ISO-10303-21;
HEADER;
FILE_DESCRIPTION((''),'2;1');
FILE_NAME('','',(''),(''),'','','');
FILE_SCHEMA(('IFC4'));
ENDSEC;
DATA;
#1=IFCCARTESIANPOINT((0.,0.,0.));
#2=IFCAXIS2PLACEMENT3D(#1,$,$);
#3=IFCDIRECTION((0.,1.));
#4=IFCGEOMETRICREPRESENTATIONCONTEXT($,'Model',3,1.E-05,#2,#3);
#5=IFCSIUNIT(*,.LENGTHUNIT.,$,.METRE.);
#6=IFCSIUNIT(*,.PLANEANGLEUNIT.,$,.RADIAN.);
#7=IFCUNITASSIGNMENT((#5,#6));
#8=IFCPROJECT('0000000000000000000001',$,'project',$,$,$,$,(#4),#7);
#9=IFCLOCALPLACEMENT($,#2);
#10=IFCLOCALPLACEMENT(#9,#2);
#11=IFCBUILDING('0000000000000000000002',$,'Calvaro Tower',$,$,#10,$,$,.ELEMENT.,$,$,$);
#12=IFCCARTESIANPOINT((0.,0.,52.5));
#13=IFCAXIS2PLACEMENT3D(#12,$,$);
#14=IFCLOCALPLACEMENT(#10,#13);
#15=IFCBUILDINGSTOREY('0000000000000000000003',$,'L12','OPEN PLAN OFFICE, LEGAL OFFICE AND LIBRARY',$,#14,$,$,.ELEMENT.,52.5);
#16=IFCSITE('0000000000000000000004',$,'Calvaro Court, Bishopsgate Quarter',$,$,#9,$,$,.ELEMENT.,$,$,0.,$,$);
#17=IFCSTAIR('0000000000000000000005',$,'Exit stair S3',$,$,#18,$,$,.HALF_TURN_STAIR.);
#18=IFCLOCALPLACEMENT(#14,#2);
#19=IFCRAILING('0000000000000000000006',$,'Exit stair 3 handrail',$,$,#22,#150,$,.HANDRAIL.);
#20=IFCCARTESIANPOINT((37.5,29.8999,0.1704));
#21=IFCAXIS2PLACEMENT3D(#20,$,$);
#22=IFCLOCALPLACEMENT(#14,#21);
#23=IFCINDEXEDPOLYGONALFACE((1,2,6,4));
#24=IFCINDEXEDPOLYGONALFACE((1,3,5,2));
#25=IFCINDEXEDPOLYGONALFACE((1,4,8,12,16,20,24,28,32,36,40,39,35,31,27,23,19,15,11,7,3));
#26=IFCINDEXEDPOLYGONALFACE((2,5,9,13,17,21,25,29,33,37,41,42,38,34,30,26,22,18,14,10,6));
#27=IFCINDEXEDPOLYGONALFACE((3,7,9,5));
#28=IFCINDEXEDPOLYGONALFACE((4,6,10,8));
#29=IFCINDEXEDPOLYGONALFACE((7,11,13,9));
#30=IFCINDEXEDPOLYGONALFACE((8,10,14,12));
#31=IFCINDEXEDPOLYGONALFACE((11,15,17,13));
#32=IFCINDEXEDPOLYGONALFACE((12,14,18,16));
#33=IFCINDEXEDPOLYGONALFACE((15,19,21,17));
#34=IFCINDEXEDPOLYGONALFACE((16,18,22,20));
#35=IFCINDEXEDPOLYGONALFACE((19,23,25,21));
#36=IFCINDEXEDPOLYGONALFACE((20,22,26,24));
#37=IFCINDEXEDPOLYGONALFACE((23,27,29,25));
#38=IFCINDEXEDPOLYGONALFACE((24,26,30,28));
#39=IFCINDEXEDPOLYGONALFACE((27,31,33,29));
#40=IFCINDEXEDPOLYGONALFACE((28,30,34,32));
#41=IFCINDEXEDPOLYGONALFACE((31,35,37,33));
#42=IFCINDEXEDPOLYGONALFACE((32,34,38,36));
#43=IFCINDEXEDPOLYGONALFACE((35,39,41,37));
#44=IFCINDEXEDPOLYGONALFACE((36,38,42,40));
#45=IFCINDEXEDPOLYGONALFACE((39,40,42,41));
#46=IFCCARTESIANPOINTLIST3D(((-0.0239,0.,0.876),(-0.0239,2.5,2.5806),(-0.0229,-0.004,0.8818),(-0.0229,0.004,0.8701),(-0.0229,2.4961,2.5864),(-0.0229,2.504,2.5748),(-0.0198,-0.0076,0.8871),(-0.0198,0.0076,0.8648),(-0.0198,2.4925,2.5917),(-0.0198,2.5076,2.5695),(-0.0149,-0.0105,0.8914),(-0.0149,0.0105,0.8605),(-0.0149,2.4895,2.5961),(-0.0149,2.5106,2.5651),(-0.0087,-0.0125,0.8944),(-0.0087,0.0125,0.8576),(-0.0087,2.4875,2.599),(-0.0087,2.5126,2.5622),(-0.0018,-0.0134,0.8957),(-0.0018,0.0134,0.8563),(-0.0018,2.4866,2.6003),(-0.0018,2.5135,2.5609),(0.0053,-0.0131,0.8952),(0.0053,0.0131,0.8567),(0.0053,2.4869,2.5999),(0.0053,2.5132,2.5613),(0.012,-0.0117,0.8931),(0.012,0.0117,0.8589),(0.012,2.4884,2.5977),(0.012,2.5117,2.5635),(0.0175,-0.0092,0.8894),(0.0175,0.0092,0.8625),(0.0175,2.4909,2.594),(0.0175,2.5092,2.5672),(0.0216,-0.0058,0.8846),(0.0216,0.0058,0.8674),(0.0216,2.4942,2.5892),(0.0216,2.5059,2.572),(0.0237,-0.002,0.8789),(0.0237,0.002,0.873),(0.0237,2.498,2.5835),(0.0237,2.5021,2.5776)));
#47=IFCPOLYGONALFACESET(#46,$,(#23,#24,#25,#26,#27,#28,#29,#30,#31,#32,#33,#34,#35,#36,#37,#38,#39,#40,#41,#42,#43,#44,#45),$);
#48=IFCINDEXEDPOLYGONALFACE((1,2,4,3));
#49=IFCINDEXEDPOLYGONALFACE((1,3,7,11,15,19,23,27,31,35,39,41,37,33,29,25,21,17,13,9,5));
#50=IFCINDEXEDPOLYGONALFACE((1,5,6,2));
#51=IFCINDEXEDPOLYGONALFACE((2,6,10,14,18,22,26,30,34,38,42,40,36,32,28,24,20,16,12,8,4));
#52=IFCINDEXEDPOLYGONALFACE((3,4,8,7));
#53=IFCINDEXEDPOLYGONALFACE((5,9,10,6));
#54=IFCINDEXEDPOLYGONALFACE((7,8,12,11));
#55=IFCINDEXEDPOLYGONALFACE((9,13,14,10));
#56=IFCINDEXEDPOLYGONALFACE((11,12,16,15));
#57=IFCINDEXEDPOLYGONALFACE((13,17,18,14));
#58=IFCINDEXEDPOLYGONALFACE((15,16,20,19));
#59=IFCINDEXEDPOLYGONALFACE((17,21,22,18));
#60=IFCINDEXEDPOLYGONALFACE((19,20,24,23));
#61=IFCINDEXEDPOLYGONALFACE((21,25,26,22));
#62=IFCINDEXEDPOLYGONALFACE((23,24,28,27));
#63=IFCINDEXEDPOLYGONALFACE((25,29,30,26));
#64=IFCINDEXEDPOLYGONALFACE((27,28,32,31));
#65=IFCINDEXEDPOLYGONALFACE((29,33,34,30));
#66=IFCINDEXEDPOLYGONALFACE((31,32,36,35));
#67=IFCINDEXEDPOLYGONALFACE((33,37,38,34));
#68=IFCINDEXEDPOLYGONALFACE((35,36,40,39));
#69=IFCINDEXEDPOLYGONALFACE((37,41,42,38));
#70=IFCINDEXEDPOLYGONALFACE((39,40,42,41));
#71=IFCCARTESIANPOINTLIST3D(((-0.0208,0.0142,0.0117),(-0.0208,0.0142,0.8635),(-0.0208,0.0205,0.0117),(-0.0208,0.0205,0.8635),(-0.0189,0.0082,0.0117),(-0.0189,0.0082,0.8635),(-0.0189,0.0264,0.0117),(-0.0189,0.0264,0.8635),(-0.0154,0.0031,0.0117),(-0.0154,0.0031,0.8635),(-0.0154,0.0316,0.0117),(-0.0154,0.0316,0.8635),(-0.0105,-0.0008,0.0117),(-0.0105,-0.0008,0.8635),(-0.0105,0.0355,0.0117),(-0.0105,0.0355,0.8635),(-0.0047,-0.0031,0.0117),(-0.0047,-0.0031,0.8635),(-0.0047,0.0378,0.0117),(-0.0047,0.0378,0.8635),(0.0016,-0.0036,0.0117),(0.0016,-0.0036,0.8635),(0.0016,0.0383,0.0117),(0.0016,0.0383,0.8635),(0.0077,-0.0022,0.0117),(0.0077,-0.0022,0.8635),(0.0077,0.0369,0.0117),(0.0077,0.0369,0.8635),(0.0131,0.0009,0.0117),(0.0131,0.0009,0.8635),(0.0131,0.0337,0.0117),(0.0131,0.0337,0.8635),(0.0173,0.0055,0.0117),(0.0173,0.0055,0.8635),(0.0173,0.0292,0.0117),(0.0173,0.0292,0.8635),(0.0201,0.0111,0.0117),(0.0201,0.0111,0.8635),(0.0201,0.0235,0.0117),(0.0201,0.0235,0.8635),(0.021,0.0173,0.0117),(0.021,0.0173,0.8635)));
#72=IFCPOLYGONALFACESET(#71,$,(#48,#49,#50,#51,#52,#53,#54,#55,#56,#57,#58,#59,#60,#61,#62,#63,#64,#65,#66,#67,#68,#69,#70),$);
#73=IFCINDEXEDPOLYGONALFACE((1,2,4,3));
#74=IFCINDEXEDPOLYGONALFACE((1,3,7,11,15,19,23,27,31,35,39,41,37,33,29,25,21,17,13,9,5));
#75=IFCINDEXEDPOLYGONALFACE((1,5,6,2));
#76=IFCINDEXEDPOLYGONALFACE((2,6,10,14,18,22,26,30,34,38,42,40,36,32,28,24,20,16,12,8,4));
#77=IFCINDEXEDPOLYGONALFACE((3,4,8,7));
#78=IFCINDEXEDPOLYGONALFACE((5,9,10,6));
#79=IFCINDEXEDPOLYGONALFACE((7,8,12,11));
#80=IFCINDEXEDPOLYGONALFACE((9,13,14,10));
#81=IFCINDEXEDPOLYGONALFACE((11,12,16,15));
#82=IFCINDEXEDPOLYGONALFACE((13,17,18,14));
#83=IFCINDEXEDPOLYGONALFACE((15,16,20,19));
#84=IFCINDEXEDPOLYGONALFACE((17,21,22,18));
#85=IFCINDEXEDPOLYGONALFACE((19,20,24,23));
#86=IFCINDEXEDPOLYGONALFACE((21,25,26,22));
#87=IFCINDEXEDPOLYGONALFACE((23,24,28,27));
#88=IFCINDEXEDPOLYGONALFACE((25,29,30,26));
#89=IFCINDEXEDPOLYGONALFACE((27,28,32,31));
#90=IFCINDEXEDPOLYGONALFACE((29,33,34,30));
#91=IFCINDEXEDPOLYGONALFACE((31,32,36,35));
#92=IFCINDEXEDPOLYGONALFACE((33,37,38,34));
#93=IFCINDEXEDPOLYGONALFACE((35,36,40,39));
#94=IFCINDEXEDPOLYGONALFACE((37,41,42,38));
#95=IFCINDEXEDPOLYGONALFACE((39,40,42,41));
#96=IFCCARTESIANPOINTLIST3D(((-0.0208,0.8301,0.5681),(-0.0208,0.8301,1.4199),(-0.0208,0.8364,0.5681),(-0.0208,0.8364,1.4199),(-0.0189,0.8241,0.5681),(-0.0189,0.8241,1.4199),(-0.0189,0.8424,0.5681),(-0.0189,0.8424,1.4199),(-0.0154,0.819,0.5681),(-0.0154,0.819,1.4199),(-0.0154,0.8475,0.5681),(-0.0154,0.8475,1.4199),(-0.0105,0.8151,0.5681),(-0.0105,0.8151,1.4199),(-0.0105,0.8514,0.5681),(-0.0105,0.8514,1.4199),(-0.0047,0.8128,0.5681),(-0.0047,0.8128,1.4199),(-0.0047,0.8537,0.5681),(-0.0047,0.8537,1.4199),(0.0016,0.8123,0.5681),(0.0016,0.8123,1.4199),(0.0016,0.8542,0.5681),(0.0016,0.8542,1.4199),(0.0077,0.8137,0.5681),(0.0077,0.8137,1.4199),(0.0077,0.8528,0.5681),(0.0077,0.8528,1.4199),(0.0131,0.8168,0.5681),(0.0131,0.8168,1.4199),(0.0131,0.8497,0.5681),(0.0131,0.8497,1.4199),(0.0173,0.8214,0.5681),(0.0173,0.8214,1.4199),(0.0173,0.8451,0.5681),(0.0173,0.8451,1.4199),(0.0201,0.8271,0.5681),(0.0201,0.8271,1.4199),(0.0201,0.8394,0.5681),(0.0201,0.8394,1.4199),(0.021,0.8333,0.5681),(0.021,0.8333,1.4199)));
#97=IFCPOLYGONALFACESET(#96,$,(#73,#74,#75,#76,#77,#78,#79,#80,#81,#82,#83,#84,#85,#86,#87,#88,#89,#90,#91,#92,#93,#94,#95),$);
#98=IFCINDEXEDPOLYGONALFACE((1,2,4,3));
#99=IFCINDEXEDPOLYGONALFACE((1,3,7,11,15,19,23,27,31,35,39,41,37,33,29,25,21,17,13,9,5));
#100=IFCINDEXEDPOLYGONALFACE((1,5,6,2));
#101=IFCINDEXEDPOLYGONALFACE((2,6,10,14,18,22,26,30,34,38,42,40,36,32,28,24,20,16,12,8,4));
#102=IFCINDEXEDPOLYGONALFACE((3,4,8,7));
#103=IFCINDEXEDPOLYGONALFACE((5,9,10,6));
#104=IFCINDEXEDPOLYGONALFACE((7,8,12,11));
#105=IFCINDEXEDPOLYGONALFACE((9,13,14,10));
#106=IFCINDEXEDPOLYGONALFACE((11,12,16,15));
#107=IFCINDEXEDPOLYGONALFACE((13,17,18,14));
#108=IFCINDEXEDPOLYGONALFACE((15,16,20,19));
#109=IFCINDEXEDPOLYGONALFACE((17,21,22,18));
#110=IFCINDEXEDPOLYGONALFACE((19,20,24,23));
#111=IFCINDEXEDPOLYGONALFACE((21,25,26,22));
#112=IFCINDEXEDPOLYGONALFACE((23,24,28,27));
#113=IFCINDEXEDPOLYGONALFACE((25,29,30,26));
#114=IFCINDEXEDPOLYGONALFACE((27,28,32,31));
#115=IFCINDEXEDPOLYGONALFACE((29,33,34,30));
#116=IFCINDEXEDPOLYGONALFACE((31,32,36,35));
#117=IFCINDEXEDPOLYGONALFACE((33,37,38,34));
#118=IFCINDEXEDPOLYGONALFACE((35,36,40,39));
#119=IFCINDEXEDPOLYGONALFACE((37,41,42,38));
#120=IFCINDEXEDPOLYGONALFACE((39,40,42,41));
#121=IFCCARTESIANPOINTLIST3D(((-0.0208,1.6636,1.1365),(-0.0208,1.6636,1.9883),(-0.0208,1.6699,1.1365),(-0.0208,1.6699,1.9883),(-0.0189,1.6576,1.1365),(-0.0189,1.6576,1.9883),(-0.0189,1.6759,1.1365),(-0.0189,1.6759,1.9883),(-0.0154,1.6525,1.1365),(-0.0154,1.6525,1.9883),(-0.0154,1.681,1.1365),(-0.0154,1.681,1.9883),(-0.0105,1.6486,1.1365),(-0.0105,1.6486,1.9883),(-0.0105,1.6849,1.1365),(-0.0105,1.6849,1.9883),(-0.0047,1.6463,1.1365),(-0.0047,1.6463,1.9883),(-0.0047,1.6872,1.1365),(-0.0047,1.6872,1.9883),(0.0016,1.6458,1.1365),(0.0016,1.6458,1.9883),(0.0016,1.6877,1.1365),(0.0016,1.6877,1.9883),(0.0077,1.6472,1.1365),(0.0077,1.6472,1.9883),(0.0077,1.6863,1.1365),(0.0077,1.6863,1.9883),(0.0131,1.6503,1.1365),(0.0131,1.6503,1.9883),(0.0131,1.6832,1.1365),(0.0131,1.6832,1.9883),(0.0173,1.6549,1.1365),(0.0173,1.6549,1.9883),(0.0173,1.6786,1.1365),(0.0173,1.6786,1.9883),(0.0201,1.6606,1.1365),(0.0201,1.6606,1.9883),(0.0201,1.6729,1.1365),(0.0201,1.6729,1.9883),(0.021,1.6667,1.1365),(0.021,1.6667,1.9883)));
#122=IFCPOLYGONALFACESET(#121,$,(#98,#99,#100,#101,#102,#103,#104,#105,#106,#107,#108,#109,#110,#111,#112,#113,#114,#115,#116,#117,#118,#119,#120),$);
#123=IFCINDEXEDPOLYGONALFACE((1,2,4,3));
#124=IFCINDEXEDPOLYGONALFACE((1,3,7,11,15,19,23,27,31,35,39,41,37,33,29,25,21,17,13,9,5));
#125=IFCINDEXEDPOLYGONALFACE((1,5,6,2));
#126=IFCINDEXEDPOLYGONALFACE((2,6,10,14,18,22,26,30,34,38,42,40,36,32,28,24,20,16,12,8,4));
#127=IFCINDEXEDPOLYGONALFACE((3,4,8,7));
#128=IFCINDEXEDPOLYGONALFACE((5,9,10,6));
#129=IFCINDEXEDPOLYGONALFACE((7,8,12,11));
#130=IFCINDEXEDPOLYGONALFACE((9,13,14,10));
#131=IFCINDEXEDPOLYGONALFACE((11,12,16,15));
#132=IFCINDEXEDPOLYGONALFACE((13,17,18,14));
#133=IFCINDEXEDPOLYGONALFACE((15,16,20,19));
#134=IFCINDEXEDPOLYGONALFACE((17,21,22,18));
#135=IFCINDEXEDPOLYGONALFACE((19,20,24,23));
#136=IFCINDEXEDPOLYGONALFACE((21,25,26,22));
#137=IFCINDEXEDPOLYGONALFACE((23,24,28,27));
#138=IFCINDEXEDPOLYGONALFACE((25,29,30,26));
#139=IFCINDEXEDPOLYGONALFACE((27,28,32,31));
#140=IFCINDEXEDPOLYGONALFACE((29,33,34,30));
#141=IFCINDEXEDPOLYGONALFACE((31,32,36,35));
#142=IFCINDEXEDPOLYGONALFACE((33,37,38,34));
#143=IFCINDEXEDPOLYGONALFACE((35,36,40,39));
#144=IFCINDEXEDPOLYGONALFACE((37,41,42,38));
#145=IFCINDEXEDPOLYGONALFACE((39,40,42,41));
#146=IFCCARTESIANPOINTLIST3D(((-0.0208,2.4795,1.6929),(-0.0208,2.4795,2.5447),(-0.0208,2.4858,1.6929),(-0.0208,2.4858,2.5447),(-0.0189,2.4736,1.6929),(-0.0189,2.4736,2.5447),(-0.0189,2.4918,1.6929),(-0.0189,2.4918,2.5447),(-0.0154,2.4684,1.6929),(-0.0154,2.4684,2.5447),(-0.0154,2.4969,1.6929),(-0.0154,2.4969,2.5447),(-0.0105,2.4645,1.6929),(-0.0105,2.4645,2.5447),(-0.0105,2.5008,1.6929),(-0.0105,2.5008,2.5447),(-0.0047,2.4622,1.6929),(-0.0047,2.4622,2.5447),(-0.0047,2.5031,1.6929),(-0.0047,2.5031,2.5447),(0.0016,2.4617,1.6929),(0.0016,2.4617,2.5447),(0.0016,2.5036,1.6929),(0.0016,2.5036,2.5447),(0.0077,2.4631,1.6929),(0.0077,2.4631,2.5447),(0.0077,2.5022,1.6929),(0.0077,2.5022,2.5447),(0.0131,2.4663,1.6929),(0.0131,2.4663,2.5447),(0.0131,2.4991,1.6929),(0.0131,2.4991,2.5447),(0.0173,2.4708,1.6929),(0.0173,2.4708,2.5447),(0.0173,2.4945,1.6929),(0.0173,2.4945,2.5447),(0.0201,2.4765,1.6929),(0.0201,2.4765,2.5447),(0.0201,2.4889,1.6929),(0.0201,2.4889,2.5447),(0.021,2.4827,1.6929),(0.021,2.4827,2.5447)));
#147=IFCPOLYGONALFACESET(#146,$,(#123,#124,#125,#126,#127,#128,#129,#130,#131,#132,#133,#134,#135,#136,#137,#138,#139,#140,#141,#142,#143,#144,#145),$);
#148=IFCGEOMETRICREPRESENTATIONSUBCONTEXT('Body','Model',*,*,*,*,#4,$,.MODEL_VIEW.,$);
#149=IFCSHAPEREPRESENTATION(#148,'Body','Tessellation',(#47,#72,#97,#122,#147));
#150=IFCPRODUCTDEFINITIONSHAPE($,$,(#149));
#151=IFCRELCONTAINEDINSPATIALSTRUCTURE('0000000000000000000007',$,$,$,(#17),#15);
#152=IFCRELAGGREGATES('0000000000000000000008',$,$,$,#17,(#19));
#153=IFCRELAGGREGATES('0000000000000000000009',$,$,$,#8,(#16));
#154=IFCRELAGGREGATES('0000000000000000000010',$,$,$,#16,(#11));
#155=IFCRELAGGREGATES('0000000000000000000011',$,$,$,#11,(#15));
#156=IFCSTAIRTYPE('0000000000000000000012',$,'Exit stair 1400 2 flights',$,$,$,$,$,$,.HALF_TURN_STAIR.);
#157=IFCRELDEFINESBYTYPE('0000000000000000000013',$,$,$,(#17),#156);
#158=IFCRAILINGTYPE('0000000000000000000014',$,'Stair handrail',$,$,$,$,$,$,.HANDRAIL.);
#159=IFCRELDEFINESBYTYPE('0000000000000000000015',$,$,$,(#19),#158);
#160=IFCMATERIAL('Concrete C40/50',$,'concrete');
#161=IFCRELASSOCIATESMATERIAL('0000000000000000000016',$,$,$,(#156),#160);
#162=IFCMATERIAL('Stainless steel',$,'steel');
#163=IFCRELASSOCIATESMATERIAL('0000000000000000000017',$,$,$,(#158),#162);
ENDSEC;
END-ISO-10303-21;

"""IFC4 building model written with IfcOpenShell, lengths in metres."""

from ifc_helpers import new_model, si_unit, direction, frame, origin, origin_2d, place, context, subcontext, project, spatial, circle, extrude, material, type_object, element, aggregate, save


model = new_model("IFC4")

# Units and contexts
model_context = context("Model", 3, precision=1e-05, world=origin(), true_north=direction((0.0, 1.0)))
body_context = subcontext(model_context, "Body", "Model", "MODEL_VIEW")
ifc_project = project(units=[si_unit("LENGTHUNIT", "METRE"), si_unit("PLANEANGLEUNIT", "RADIAN")], contexts=[model_context])

# Site, building, storey
site_placement = place(None, origin())
site = spatial("IfcSite", under=ifc_project, at=site_placement, Name="Calvaro Court, Bishopsgate Quarter", CompositionType="ELEMENT", RefElevation=0.0)
building_placement = place(site_placement, origin())
building = spatial("IfcBuilding", under=site, at=building_placement, Name="Calvaro Tower", CompositionType="ELEMENT")
storey_placement = place(building_placement, frame((0.0, 0.0, 52.5)))
storey = spatial("IfcBuildingStorey", under=building, at=storey_placement, Name="L12", Description="OPEN PLAN OFFICE, LEGAL OFFICE AND LIBRARY", CompositionType="ELEMENT", Elevation=52.5)

# Stair
ifc_material_1 = material(Name="Concrete C40/50", Category="concrete")
stair_type = type_object("IfcStairType", Name="Exit stair 1400 2 flights", PredefinedType="HALF_TURN_STAIR", material=ifc_material_1)
stair_1_placement = place(storey_placement, origin())
stair_1 = element("IfcStair", 1, at=stair_1_placement, inside=storey, type_object=stair_type, Name="Exit stair S3", PredefinedType="HALF_TURN_STAIR")

# Railing
ifc_material_2 = material(Name="Stainless steel", Category="steel")
railing_type = type_object("IfcRailingType", Name="Stair handrail", PredefinedType="HANDRAIL", material=ifc_material_2)
railing_1_placement = place(storey_placement, frame((37.5, 29.8999, 0.1704)))
railing_1 = element("IfcRailing", 2, at=railing_1_placement, type_object=railing_type, Name="Exit stair 3 handrail", PredefinedType="HANDRAIL", context=body_context, shape_type="SweptSolid", body=[
    extrude(circle(Radius=0.0239, at=origin_2d()), frame((0.0, 0.0, 0.876), z_axis=(0.0, 0.826221, 0.563347), x_axis=(-1.0, 0.0, 0.0)), (0.0, 0.0, 1.0), 3.0259),
    extrude(circle(Radius=0.021, at=origin_2d()), frame((0.0, 0.0173, 0.0117)), (0.0, 0.0, 1.0), 0.8518),
    extrude(circle(Radius=0.021, at=origin_2d()), frame((0.0, 0.8333, 0.5681)), (0.0, 0.0, 1.0), 0.8518),
    extrude(circle(Radius=0.021, at=origin_2d()), frame((0.0, 1.6667, 1.1365)), (0.0, 0.0, 1.0), 0.8518),
    extrude(circle(Radius=0.021, at=origin_2d()), frame((0.0, 2.4827, 1.6929)), (0.0, 0.0, 1.0), 0.8518),
])
aggregate(stair_1, [railing_1])

save(model, "model.ifc")
